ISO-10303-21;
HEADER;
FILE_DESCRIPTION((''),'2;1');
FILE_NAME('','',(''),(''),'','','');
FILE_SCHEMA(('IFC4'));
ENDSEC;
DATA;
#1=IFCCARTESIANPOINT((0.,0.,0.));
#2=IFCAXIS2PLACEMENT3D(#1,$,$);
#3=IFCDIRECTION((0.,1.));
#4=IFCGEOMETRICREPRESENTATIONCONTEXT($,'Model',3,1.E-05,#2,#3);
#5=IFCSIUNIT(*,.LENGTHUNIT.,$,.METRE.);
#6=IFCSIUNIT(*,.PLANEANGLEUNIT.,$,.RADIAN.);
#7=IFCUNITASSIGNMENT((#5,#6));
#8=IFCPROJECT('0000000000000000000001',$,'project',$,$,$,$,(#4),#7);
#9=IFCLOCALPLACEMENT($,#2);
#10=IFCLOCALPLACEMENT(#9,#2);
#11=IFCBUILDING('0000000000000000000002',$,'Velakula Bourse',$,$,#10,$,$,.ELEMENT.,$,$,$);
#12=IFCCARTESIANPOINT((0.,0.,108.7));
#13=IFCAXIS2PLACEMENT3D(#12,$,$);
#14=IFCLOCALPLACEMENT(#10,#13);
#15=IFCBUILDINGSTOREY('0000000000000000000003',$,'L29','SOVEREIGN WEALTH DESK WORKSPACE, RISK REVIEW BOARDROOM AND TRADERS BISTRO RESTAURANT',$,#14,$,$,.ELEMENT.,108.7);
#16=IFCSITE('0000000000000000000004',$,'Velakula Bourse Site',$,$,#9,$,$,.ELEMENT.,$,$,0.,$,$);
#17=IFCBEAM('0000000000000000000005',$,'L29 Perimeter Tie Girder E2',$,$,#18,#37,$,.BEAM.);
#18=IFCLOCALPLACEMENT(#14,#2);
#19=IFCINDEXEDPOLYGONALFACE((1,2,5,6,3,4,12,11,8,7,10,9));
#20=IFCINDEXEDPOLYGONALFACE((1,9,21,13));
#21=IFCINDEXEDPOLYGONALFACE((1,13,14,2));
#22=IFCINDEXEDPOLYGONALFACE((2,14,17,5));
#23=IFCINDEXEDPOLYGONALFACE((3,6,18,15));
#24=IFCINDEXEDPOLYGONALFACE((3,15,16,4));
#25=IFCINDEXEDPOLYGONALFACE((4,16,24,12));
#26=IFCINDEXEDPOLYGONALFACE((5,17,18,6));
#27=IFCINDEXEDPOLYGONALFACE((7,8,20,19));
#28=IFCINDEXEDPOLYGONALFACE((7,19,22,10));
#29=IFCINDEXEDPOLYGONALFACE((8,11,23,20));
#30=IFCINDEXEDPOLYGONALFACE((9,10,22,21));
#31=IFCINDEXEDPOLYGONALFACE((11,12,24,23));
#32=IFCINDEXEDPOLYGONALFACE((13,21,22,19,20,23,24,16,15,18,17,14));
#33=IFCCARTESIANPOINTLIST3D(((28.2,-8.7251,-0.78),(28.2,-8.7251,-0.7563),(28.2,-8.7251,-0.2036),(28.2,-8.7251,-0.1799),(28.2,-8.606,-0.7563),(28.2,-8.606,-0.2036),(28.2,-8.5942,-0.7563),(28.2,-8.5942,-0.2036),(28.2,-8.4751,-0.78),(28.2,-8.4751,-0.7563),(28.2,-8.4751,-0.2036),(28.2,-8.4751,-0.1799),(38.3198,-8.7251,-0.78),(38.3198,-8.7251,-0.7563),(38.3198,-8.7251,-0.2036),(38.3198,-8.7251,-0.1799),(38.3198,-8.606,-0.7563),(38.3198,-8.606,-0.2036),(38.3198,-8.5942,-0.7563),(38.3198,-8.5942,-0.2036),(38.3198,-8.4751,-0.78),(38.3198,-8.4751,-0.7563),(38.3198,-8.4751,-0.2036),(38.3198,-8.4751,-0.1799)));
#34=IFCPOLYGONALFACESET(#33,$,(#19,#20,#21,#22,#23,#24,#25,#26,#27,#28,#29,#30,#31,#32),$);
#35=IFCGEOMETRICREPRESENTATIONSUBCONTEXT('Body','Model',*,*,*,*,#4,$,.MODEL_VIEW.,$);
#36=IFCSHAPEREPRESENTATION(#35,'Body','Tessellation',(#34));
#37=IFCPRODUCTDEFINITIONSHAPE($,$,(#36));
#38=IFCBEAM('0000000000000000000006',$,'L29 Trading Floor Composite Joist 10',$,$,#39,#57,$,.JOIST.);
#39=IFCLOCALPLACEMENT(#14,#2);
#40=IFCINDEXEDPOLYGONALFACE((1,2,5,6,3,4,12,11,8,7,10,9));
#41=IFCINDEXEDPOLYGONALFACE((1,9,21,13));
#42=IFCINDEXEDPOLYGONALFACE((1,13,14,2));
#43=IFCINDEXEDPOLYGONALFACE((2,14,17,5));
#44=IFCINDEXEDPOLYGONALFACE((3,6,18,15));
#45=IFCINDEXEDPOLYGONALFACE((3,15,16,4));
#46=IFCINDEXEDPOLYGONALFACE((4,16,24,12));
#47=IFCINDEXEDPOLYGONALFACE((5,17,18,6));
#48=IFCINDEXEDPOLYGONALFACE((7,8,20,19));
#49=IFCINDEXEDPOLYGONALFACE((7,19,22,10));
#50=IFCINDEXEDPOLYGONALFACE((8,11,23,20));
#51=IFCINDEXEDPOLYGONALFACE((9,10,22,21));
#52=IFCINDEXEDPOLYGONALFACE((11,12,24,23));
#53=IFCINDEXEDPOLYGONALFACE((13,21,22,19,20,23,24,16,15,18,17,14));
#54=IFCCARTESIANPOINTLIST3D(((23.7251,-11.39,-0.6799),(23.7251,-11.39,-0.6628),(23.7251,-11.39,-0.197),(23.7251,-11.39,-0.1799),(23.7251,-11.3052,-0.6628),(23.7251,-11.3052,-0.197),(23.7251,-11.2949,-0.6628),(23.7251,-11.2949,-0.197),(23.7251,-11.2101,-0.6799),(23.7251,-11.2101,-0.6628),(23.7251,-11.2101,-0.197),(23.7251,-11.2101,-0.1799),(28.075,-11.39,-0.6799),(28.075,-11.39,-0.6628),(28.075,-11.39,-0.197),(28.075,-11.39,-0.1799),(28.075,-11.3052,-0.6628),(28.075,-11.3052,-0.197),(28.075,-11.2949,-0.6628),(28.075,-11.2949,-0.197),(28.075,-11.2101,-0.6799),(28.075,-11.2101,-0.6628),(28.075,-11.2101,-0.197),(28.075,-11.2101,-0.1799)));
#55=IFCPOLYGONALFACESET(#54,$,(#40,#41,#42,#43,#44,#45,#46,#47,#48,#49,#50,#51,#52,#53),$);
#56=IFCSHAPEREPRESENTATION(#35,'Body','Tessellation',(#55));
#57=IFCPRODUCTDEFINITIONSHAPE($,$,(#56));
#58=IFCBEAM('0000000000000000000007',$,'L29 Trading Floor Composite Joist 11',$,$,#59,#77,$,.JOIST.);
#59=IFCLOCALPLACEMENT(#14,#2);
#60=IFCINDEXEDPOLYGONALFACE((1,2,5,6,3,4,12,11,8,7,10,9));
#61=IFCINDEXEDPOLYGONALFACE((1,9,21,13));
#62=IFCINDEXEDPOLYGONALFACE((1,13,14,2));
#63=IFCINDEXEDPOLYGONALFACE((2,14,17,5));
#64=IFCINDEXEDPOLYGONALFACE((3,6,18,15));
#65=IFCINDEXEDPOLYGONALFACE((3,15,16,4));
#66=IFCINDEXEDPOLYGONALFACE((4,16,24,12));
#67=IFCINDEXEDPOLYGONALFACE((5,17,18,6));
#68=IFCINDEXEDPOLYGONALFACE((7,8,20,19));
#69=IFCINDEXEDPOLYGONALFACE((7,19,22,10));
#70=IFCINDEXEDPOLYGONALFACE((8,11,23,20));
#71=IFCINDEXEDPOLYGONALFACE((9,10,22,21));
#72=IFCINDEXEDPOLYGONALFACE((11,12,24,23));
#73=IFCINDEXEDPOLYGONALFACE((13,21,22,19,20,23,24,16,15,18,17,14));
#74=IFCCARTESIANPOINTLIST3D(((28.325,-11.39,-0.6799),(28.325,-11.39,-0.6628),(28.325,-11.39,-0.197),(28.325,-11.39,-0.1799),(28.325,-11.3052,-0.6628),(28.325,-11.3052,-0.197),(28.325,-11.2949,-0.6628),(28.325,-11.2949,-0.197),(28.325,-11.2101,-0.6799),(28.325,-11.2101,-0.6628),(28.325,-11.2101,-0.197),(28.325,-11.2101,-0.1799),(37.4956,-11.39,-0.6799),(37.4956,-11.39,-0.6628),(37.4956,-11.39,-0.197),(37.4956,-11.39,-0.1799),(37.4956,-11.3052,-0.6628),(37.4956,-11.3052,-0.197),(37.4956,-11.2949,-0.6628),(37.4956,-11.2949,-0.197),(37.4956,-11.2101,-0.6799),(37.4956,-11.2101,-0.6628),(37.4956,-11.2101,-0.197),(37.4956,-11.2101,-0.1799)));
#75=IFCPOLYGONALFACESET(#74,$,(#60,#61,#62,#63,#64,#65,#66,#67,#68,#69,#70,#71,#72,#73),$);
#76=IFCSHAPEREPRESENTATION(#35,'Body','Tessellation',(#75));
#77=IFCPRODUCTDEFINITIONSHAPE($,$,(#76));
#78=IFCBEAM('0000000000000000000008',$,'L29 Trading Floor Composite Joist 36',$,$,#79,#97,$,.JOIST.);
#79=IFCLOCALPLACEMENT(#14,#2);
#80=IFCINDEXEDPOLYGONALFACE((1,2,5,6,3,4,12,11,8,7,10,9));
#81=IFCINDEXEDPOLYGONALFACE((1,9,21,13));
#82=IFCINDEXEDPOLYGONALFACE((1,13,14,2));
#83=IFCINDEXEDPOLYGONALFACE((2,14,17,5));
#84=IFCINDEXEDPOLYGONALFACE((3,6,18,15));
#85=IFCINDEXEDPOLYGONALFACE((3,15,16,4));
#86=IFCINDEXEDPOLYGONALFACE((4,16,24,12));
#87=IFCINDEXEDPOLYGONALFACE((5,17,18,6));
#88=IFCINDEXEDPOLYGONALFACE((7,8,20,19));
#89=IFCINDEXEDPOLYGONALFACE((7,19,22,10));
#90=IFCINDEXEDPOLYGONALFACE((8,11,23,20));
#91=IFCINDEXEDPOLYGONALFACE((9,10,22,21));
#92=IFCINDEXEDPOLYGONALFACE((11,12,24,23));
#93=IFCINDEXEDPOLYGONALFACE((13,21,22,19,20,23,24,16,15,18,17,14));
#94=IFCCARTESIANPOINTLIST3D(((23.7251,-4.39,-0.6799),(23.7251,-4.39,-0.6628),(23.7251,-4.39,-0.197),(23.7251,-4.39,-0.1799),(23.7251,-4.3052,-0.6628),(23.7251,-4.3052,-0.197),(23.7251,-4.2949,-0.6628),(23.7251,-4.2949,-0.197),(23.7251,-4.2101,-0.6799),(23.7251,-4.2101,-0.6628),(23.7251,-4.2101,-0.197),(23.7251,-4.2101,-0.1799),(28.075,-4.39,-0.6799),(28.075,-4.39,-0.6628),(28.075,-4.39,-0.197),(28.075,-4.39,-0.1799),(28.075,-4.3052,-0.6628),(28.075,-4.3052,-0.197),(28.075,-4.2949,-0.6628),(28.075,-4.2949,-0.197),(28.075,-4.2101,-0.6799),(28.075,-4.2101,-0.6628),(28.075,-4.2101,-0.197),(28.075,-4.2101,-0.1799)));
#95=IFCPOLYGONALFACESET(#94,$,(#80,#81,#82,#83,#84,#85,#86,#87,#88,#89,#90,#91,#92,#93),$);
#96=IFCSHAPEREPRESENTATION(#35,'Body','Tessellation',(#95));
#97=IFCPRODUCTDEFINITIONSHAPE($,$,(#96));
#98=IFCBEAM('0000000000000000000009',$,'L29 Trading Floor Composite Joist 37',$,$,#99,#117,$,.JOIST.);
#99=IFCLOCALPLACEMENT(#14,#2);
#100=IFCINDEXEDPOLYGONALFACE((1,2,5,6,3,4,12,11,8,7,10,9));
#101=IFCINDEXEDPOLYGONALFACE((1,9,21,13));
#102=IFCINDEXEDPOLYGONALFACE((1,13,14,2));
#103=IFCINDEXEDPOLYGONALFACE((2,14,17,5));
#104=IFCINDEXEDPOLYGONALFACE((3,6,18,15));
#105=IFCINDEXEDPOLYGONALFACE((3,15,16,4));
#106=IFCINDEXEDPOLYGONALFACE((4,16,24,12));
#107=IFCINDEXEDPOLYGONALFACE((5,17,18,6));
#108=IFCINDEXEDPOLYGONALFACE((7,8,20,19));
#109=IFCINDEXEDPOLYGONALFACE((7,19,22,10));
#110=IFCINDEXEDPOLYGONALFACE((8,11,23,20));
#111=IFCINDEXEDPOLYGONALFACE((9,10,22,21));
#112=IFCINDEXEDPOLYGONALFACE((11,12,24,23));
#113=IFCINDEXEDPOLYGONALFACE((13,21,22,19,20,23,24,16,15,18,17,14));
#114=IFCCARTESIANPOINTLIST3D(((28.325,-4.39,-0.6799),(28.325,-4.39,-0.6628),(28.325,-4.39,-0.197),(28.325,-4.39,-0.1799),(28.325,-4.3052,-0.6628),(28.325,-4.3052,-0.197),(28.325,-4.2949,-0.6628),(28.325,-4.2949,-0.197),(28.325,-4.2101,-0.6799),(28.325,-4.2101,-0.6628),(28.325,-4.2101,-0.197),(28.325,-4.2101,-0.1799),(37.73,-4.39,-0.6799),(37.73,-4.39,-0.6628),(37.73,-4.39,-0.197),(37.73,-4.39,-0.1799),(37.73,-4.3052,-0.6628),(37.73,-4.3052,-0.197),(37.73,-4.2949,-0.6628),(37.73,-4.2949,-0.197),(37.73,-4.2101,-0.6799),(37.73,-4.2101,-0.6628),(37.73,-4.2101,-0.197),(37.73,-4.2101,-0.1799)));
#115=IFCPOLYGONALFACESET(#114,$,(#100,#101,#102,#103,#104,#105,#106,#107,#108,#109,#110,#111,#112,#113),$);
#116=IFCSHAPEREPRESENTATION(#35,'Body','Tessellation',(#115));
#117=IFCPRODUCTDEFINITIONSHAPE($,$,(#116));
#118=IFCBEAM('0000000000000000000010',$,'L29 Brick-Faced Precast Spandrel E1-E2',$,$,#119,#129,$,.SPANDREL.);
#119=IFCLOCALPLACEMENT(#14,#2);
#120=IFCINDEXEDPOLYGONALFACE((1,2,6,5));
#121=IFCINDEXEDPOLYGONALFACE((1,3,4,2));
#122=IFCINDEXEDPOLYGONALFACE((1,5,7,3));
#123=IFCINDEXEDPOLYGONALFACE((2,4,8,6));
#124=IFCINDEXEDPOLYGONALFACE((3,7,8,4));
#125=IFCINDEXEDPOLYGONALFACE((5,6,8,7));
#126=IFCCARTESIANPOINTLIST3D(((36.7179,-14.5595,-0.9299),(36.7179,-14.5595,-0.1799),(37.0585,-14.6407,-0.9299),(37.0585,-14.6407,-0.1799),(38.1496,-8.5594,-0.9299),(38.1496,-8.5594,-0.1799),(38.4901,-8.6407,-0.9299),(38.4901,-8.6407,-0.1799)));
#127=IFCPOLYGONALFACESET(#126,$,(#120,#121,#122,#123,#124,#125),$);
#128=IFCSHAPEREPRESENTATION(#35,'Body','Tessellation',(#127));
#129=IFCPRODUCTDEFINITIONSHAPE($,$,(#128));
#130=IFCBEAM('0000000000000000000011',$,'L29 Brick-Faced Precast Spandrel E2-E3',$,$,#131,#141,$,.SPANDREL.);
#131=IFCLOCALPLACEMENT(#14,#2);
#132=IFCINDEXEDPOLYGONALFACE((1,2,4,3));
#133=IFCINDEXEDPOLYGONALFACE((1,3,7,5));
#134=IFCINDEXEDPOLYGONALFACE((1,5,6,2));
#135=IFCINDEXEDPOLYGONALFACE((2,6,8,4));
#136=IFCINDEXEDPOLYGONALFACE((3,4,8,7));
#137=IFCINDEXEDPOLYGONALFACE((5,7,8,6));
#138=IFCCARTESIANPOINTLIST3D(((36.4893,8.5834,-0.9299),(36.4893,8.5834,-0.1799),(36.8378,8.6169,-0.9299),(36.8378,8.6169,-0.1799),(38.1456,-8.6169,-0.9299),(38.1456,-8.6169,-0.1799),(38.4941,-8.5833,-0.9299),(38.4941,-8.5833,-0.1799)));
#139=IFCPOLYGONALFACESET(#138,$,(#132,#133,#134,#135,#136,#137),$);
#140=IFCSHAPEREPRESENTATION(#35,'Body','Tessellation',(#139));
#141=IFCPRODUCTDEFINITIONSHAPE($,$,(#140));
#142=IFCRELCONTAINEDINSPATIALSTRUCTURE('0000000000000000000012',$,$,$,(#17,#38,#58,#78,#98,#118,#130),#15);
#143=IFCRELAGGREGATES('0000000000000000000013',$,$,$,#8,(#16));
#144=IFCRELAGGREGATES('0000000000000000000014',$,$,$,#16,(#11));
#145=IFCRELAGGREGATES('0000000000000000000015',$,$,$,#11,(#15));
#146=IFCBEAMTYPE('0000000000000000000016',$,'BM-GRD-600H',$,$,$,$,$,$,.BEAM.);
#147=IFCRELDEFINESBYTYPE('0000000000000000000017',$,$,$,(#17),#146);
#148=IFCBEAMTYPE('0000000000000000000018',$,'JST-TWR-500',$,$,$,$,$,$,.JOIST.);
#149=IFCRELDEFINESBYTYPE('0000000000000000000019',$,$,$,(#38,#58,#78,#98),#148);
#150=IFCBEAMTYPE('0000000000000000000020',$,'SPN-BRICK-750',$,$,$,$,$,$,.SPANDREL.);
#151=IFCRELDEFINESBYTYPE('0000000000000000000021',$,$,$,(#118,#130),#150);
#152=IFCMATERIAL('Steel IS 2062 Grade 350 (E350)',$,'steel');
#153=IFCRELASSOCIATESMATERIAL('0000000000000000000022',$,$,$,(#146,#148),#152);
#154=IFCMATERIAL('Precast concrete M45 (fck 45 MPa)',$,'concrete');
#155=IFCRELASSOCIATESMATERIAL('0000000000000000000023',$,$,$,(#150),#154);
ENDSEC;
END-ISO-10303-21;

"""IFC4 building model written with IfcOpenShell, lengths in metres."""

from ifc_helpers import new_model, si_unit, direction, frame, origin, origin_2d, place, context, subcontext, project, spatial, rectangle, i_section, extrude, material, material_profile, profile_set, type_object, element, save


model = new_model("IFC4")

# Units and contexts
model_context = context("Model", 3, precision=1e-05, world=origin(), true_north=direction((0.0, 1.0)))
body_context = subcontext(model_context, "Body", "Model", "MODEL_VIEW")
ifc_project = project(units=[si_unit("LENGTHUNIT", "METRE"), si_unit("PLANEANGLEUNIT", "RADIAN")], contexts=[model_context])

# Site, building, storey
site_placement = place(None, origin())
site = spatial("IfcSite", under=ifc_project, at=site_placement, Name="Velakula Bourse Site", CompositionType="ELEMENT", RefElevation=0.0)
building_placement = place(site_placement, origin())
building = spatial("IfcBuilding", under=site, at=building_placement, Name="Velakula Bourse", CompositionType="ELEMENT")
storey_placement = place(building_placement, frame((0.0, 0.0, 108.7)))
storey = spatial("IfcBuildingStorey", under=building, at=storey_placement, Name="L29", Description="SOVEREIGN WEALTH DESK WORKSPACE, RISK REVIEW BOARDROOM AND TRADERS BISTRO RESTAURANT", CompositionType="ELEMENT", Elevation=108.7)

# Beams
ifc_material_1 = material(Name="Steel IS 2062 Grade 350 (E350)", Category="steel")
ifc_material_profile_1 = material_profile(ifc_material_1, i_section(OverallWidth=0.25, OverallDepth=0.6001, WebThickness=0.0117, FlangeThickness=0.0237, at=origin_2d()), Name="Steel IS 2062 Grade 350 (E350)")
ifc_profile_set_1 = profile_set([ifc_material_profile_1], Name="Steel IS 2062 Grade 350 (E350)")
beam_type_1 = type_object("IfcBeamType", Name="BM-GRD-600H", PredefinedType="BEAM", material=ifc_profile_set_1)
beam_1_placement = place(storey_placement, frame((28.2, -8.6001, -0.48), z_axis=(1.0, 0.0, 0.0), x_axis=(0.0, 1.0, 0.0)))
element("IfcBeam", 1, at=beam_1_placement, inside=storey, type_object=beam_type_1, Name="L29 Perimeter Tie Girder E2", PredefinedType="BEAM", context=body_context, shape_type="SweptSolid", body=[
    extrude(i_section(OverallWidth=0.25, OverallDepth=0.6001, WebThickness=0.0117, FlangeThickness=0.0237, at=origin_2d()), origin(), (0.0, 0.0, 1.0), 10.1199),
])
ifc_material_profile_2 = material_profile(ifc_material_1, i_section(OverallWidth=0.1799, OverallDepth=0.5, WebThickness=0.0103, FlangeThickness=0.0171, at=origin_2d()), Name="Steel IS 2062 Grade 350 (E350)")
ifc_profile_set_2 = profile_set([ifc_material_profile_2], Name="Steel IS 2062 Grade 350 (E350)")
beam_type_2 = type_object("IfcBeamType", Name="JST-TWR-500", PredefinedType="JOIST", material=ifc_profile_set_2)
beam_2_placement = place(storey_placement, frame((23.7251, -11.3, -0.4299), z_axis=(1.0, 0.0, 0.0), x_axis=(0.0, 1.0, 0.0)))
element("IfcBeam", 2, at=beam_2_placement, inside=storey, type_object=beam_type_2, Name="L29 Trading Floor Composite Joist 10", PredefinedType="JOIST", context=body_context, shape_type="SweptSolid", body=[
    extrude(i_section(OverallWidth=0.1799, OverallDepth=0.5, WebThickness=0.0103, FlangeThickness=0.0171, at=origin_2d()), origin(), (0.0, 0.0, 1.0), 4.3499),
])
beam_3_placement = place(storey_placement, frame((28.325, -11.3, -0.4299), z_axis=(1.0, 0.0, 0.0), x_axis=(0.0, 1.0, 0.0)))
element("IfcBeam", 3, at=beam_3_placement, inside=storey, type_object=beam_type_2, Name="L29 Trading Floor Composite Joist 11", PredefinedType="JOIST", context=body_context, shape_type="SweptSolid", body=[
    extrude(i_section(OverallWidth=0.1799, OverallDepth=0.5, WebThickness=0.0103, FlangeThickness=0.0171, at=origin_2d()), origin(), (0.0, 0.0, 1.0), 9.1707),
])
beam_4_placement = place(storey_placement, frame((23.7251, -4.3, -0.4299), z_axis=(1.0, 0.0, 0.0), x_axis=(0.0, 1.0, 0.0)))
element("IfcBeam", 4, at=beam_4_placement, inside=storey, type_object=beam_type_2, Name="L29 Trading Floor Composite Joist 36", PredefinedType="JOIST", context=body_context, shape_type="SweptSolid", body=[
    extrude(i_section(OverallWidth=0.1799, OverallDepth=0.5, WebThickness=0.0103, FlangeThickness=0.0171, at=origin_2d()), origin(), (0.0, 0.0, 1.0), 4.3499),
])
beam_5_placement = place(storey_placement, frame((28.325, -4.3, -0.4299), z_axis=(1.0, 0.0, 0.0), x_axis=(0.0, 1.0, 0.0)))
element("IfcBeam", 5, at=beam_5_placement, inside=storey, type_object=beam_type_2, Name="L29 Trading Floor Composite Joist 37", PredefinedType="JOIST", context=body_context, shape_type="SweptSolid", body=[
    extrude(i_section(OverallWidth=0.1799, OverallDepth=0.5, WebThickness=0.0103, FlangeThickness=0.0171, at=origin_2d()), origin(), (0.0, 0.0, 1.0), 9.405),
])
ifc_material_2 = material(Name="Precast concrete M45 (fck 45 MPa)", Category="concrete")
ifc_material_profile_3 = material_profile(ifc_material_2, rectangle(XDim=0.3501, YDim=0.75, at=origin_2d()), Name="Precast concrete M45 (fck 45 MPa)")
ifc_profile_set_3 = profile_set([ifc_material_profile_3], Name="Precast concrete M45 (fck 45 MPa)")
beam_type_3 = type_object("IfcBeamType", Name="SPN-BRICK-750", PredefinedType="SPANDREL", material=ifc_profile_set_3)
beam_6_placement = place(storey_placement, frame((36.8882, -14.6001, -0.5549), z_axis=(0.232091, 0.972694, 0.0), x_axis=(-0.972694, 0.232091, 0.0)))
element("IfcBeam", 6, at=beam_6_placement, inside=storey, type_object=beam_type_3, Name="L29 Brick-Faced Precast Spandrel E1-E2", PredefinedType="SPANDREL", context=body_context, shape_type="SweptSolid", body=[
    extrude(rectangle(XDim=0.3501, YDim=0.75, at=origin_2d()), origin(), (0.0, 0.0, 1.0), 6.1685),
])
beam_7_placement = place(storey_placement, frame((38.3198, -8.6001, -0.5549), z_axis=(-0.095849, 0.995396, 0.0), x_axis=(-0.995396, -0.095849, 0.0)))
element("IfcBeam", 7, at=beam_7_placement, inside=storey, type_object=beam_type_3, Name="L29 Brick-Faced Precast Spandrel E2-E3", PredefinedType="SPANDREL", context=body_context, shape_type="SweptSolid", body=[
    extrude(rectangle(XDim=0.3501, YDim=0.75, at=origin_2d()), origin(), (0.0, 0.0, 1.0), 17.2798),
])

save(model, "model.ifc")
